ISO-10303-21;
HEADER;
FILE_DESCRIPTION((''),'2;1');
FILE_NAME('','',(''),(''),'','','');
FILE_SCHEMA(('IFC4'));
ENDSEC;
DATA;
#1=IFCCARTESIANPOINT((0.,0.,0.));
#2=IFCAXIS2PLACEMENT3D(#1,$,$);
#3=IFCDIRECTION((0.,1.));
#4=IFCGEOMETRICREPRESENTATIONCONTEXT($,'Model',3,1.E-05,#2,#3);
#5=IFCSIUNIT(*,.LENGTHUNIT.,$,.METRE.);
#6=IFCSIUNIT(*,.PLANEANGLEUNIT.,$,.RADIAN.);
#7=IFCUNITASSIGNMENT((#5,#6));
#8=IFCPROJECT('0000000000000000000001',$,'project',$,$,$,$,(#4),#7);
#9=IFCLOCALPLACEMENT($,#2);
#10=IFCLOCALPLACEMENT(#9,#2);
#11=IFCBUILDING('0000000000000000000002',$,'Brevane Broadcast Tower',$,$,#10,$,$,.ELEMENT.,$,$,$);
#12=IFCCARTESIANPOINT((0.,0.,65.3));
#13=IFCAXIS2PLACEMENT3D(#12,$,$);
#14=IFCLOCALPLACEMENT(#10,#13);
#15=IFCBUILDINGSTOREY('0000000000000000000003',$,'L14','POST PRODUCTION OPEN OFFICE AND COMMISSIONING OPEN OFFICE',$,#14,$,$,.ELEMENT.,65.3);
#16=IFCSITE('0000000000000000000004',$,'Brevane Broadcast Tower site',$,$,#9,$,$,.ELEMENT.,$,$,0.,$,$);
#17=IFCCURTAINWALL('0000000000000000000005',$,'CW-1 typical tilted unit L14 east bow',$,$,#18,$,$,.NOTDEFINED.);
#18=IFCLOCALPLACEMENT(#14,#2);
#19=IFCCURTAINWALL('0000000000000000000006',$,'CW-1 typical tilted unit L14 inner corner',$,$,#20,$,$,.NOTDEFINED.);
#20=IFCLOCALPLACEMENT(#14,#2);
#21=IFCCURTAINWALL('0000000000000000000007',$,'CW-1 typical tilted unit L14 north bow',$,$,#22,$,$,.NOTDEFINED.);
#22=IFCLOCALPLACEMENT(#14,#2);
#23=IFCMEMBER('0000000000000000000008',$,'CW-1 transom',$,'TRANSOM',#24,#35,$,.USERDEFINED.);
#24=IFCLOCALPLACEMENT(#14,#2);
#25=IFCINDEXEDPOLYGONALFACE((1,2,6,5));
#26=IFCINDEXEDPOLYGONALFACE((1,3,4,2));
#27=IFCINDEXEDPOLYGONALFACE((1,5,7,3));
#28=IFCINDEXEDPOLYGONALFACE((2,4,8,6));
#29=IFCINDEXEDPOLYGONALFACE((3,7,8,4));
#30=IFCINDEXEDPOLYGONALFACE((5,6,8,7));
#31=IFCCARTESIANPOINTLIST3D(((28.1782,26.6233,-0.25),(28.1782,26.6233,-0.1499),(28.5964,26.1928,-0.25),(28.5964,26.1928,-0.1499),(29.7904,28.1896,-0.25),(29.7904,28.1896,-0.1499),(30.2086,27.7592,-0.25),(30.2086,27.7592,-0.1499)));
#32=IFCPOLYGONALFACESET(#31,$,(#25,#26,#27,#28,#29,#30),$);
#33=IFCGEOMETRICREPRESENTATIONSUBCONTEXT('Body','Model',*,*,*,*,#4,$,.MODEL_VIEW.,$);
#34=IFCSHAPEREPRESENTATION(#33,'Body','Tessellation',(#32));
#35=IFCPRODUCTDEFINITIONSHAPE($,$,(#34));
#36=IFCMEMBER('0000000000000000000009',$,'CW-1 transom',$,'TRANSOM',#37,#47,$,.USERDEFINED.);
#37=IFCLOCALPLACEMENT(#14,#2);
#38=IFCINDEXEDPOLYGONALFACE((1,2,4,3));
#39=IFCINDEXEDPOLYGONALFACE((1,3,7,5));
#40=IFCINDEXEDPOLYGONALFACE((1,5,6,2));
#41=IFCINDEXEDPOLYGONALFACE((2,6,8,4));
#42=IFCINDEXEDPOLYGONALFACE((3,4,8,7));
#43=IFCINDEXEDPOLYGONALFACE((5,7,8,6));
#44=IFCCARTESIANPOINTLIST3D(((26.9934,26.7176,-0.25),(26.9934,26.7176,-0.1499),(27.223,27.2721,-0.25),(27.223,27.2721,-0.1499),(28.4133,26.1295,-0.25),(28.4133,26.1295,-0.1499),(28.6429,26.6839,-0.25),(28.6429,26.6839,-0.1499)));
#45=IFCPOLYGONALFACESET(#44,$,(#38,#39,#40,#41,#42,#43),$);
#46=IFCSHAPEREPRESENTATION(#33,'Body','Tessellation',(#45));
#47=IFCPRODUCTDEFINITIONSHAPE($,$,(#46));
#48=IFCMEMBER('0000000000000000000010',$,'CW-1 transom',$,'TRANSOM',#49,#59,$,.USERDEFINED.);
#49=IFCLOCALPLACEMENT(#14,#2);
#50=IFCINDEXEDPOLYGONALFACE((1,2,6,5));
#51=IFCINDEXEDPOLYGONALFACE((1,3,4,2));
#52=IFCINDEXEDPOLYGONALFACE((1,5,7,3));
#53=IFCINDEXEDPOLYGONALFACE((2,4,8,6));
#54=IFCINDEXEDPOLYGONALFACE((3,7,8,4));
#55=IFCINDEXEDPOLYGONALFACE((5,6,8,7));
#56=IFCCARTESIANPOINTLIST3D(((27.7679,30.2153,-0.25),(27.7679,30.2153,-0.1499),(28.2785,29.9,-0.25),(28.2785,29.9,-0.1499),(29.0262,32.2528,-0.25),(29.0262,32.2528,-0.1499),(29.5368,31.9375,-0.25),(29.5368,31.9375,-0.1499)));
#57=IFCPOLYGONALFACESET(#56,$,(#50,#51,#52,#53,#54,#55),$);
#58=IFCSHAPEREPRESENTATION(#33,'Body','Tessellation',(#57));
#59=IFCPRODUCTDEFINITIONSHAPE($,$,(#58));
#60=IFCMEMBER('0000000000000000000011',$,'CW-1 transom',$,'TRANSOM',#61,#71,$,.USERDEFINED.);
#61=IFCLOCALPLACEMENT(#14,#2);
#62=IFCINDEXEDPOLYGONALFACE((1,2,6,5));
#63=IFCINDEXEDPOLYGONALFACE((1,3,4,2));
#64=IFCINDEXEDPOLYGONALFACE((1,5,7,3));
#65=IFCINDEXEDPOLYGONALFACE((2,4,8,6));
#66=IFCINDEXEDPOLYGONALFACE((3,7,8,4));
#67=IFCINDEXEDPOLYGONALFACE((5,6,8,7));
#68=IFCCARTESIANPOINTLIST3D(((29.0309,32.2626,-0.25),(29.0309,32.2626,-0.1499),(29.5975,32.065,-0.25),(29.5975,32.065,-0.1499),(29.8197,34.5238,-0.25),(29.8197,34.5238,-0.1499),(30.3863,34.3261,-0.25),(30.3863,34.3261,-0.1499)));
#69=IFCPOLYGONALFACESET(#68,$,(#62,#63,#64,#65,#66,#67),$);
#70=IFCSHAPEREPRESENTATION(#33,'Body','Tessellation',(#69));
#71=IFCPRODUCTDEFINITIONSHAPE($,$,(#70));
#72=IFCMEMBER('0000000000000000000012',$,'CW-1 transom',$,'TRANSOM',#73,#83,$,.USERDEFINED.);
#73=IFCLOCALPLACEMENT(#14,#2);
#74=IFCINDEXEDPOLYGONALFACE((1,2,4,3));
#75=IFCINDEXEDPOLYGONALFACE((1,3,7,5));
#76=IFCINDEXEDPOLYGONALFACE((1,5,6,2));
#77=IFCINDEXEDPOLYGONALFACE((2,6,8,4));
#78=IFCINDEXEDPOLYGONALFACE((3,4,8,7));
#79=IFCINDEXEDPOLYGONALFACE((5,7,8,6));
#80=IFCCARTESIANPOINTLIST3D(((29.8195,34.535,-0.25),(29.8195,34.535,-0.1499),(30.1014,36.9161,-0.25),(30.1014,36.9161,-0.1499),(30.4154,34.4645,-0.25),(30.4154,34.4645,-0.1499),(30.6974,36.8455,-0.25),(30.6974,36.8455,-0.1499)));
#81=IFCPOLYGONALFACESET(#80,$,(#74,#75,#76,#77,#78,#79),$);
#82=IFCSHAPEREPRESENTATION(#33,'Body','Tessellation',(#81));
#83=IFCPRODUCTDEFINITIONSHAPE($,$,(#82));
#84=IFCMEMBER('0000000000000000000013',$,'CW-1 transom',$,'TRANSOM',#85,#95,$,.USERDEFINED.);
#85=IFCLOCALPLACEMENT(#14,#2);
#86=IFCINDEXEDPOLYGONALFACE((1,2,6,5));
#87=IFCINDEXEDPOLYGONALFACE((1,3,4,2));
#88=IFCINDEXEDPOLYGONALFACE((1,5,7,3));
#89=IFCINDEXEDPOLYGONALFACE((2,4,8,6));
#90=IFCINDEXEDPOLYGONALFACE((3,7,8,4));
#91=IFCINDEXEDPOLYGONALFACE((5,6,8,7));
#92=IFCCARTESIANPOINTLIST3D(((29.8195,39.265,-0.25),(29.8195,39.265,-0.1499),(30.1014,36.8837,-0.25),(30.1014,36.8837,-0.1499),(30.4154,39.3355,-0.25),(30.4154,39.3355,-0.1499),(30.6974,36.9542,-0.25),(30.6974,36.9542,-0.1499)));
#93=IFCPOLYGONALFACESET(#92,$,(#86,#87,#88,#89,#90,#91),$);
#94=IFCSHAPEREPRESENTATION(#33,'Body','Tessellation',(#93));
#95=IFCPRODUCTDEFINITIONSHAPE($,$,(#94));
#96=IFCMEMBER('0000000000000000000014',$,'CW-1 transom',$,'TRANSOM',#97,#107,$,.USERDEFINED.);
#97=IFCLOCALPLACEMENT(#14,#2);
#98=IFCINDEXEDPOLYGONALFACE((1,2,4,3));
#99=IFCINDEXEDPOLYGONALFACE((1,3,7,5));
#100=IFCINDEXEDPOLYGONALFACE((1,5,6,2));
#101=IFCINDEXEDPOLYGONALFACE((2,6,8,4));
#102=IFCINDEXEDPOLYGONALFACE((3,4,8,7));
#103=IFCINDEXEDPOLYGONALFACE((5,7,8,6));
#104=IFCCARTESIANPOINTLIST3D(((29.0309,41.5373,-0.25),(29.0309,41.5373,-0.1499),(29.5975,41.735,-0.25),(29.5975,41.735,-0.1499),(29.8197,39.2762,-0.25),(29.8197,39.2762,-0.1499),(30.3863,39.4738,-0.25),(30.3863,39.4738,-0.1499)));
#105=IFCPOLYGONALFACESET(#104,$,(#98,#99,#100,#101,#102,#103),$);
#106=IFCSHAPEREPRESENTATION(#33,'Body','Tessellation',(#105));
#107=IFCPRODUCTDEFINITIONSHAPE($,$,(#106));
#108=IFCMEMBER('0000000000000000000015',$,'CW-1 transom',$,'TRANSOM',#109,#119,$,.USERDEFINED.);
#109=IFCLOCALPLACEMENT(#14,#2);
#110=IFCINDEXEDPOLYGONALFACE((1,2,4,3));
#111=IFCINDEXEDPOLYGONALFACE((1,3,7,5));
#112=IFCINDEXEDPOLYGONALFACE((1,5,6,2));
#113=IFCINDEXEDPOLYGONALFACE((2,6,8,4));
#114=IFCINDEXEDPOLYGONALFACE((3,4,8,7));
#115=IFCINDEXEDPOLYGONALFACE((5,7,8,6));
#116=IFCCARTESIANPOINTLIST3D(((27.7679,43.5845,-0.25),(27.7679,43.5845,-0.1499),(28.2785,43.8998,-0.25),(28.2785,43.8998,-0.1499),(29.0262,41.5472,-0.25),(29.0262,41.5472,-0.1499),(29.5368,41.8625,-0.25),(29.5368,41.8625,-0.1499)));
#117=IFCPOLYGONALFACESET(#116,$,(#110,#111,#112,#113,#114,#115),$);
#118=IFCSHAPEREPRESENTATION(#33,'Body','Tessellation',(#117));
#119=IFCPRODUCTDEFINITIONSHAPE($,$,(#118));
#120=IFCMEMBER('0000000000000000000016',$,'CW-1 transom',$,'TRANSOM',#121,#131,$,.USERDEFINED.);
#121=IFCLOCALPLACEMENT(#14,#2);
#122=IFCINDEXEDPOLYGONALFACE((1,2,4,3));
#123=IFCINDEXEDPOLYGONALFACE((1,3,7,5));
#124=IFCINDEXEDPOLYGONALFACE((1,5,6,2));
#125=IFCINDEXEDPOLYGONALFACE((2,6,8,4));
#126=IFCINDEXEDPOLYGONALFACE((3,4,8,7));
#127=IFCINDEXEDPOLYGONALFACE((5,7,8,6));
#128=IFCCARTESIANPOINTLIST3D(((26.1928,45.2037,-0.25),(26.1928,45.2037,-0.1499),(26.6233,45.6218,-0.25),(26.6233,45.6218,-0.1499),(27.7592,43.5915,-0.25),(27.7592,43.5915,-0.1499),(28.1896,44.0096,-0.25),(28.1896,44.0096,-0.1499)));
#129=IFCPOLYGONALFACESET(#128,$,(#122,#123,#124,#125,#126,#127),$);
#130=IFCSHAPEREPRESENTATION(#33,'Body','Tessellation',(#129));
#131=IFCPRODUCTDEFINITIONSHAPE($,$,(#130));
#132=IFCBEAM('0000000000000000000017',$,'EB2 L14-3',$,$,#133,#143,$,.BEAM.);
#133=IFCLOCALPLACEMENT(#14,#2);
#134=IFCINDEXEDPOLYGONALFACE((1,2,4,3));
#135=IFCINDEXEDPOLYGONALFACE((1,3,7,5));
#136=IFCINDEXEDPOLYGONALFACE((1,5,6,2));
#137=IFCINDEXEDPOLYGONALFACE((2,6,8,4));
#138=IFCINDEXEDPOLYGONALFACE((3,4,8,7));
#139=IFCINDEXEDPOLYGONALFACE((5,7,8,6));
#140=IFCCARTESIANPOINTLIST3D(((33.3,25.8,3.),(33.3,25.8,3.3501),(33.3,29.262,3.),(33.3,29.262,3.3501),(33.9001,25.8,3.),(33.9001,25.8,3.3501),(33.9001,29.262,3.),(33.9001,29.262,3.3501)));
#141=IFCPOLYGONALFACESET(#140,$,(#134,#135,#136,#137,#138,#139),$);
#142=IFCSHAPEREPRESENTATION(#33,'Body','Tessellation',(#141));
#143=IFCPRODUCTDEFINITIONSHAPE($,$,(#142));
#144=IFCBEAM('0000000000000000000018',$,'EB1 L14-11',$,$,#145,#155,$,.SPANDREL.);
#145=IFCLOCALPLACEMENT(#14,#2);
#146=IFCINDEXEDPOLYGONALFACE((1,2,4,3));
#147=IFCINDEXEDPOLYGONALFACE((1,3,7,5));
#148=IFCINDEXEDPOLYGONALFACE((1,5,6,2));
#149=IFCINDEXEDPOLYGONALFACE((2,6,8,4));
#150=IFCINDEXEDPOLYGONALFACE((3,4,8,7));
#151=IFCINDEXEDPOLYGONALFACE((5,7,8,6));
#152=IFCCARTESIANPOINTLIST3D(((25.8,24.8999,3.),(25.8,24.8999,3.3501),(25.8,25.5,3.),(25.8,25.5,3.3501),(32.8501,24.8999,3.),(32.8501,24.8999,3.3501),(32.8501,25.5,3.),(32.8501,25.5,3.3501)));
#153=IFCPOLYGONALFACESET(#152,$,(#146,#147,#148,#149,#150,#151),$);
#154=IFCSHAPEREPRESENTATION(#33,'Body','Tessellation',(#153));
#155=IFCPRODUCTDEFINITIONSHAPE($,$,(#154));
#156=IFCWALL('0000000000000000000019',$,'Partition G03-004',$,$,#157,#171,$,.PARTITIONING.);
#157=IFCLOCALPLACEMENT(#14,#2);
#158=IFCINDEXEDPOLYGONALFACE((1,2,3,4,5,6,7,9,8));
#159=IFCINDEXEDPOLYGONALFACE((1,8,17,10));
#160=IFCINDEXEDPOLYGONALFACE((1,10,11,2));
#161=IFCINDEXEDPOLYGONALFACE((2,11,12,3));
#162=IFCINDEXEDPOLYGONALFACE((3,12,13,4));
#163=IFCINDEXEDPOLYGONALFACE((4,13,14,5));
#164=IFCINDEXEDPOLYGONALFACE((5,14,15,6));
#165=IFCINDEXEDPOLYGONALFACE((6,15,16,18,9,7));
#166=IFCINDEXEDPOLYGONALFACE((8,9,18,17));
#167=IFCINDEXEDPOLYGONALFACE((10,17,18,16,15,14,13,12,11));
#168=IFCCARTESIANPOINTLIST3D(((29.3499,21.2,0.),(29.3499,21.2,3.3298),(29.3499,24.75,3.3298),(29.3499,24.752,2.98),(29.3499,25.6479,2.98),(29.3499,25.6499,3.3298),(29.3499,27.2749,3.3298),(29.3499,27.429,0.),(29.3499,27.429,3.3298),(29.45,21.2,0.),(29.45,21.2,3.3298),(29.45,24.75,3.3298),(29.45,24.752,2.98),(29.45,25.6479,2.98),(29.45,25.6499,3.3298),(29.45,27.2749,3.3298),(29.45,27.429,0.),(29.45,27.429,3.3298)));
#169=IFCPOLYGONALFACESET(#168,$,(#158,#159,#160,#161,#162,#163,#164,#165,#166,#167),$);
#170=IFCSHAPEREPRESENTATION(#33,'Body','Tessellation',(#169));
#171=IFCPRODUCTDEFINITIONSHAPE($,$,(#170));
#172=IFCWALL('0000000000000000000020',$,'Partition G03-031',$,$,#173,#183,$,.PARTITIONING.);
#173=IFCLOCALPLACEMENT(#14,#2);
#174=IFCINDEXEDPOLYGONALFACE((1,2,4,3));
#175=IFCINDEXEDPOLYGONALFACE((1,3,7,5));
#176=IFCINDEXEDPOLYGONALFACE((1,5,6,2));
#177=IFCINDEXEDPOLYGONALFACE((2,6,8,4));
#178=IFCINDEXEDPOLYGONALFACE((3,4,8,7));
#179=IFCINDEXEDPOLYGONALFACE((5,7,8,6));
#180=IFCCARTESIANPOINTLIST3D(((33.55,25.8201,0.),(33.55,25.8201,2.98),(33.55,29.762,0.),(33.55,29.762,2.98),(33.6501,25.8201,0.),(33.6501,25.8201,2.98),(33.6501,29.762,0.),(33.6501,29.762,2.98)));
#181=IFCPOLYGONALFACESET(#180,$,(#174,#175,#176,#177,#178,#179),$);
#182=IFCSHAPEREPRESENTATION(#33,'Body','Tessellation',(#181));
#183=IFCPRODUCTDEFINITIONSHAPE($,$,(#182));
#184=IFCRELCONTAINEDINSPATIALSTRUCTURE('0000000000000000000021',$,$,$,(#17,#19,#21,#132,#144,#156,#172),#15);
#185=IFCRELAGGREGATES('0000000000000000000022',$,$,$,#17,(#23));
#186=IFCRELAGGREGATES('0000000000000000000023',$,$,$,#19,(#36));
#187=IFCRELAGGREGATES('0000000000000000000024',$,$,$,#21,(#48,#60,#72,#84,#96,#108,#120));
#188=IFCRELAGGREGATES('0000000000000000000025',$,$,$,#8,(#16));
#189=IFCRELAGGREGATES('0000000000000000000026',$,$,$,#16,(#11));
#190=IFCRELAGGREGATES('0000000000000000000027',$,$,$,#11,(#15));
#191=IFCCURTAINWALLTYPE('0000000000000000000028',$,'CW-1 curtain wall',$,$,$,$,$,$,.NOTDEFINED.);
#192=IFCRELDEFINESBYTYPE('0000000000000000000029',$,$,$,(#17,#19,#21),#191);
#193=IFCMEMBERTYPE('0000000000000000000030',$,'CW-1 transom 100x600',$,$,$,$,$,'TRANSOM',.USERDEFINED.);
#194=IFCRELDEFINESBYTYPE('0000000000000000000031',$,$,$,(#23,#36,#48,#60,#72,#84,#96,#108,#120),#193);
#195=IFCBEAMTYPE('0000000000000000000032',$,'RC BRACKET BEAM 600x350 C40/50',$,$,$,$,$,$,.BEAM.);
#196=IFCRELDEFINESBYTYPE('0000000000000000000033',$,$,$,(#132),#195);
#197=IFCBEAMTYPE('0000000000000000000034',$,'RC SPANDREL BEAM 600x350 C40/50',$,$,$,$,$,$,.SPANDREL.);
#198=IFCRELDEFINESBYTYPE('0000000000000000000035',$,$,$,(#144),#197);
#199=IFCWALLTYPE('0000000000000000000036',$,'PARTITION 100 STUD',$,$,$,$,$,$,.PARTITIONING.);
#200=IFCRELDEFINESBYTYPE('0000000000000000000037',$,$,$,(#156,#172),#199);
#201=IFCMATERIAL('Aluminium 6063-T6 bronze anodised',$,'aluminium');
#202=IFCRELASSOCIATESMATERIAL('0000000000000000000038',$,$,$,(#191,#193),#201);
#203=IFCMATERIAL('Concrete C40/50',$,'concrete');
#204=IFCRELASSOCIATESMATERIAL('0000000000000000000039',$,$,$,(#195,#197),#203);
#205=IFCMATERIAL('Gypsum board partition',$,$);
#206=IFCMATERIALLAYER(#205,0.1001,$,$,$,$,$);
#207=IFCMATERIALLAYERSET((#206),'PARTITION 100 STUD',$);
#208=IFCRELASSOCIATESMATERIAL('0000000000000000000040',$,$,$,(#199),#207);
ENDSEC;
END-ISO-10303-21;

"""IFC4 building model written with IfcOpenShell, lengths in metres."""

from ifc_helpers import new_model, si_unit, direction, frame, frame_2d, origin, origin_2d, place, context, subcontext, project, spatial, polyline, rectangle, outline, extrude, material, layer, layer_set, material_profile, profile_set, type_object, element, aggregate, save


model = new_model("IFC4")

# Units and contexts
model_context = context("Model", 3, precision=1e-05, world=origin(), true_north=direction((0.0, 1.0)))
body_context = subcontext(model_context, "Body", "Model", "MODEL_VIEW")
ifc_project = project(units=[si_unit("LENGTHUNIT", "METRE"), si_unit("PLANEANGLEUNIT", "RADIAN")], contexts=[model_context])

# Site, building, storey
site_placement = place(None, origin())
site = spatial("IfcSite", under=ifc_project, at=site_placement, Name="Brevane Broadcast Tower site", CompositionType="ELEMENT", RefElevation=0.0)
building_placement = place(site_placement, origin())
building = spatial("IfcBuilding", under=site, at=building_placement, Name="Brevane Broadcast Tower", CompositionType="ELEMENT")
storey_placement = place(building_placement, frame((0.0, 0.0, 65.3)))
storey = spatial("IfcBuildingStorey", under=building, at=storey_placement, Name="L14", Description="POST PRODUCTION OPEN OFFICE AND COMMISSIONING OPEN OFFICE", CompositionType="ELEMENT", Elevation=65.3)

# Curtain walls
ifc_material_1 = material(Name="Aluminium 6063-T6 bronze anodised", Category="aluminium")
curtain_wall_type = type_object("IfcCurtainWallType", Name="CW-1 curtain wall", PredefinedType="NOTDEFINED", material=ifc_material_1)
curtain_wall_1_placement = place(storey_placement, origin())
curtain_wall_1 = element("IfcCurtainWall", 1, at=curtain_wall_1_placement, inside=storey, type_object=curtain_wall_type, Name="CW-1 typical tilted unit L14 east bow", PredefinedType="NOTDEFINED")
curtain_wall_2_placement = place(storey_placement, origin())
curtain_wall_2 = element("IfcCurtainWall", 2, at=curtain_wall_2_placement, inside=storey, type_object=curtain_wall_type, Name="CW-1 typical tilted unit L14 inner corner", PredefinedType="NOTDEFINED")
curtain_wall_3_placement = place(storey_placement, origin())
curtain_wall_3 = element("IfcCurtainWall", 3, at=curtain_wall_3_placement, inside=storey, type_object=curtain_wall_type, Name="CW-1 typical tilted unit L14 north bow", PredefinedType="NOTDEFINED")

# Members
ifc_material_profile_1 = material_profile(ifc_material_1, rectangle(XDim=0.6001, YDim=0.1001, at=origin_2d()), Name="RECT 100x600")
ifc_profile_set_1 = profile_set([ifc_material_profile_1], Name="Aluminium 6063-T6 bronze anodised")
member_type_1 = type_object("IfcMemberType", Name="CW-1 transom 100x600", ElementType="TRANSOM", PredefinedType="USERDEFINED", material=ifc_profile_set_1)
member_1_placement = place(storey_placement, frame((29.9995, 27.9744, -0.2), z_axis=(-0.717242, -0.696824, 0.0), x_axis=(0.696824, -0.717242, 0.0)))
member_1 = element("IfcMember", 4, at=member_1_placement, type_object=member_type_1, Name="CW-1 transom", ObjectType="TRANSOM", PredefinedType="USERDEFINED", context=body_context, shape_type="SweptSolid", body=[
    extrude(rectangle(XDim=0.6001, YDim=0.1001, at=origin_2d()), origin(), (0.0, 0.0, 1.0), 2.2478),
])
aggregate(curtain_wall_1, [member_1])
member_2_placement = place(storey_placement, frame((28.5281, 26.4067, -0.2), z_axis=(-0.923883, 0.382674, 0.0), x_axis=(-0.382674, -0.923883, 0.0)))
member_2 = element("IfcMember", 5, at=member_2_placement, type_object=member_type_1, Name="CW-1 transom", ObjectType="TRANSOM", PredefinedType="USERDEFINED", context=body_context, shape_type="SweptSolid", body=[
    extrude(rectangle(XDim=0.6001, YDim=0.1001, at=origin_2d()), origin(), (0.0, 0.0, 1.0), 1.5369),
])
aggregate(curtain_wall_2, [member_2])
member_3_placement = place(storey_placement, frame((28.0232, 30.0576, -0.2), z_axis=(0.525428, 0.850838, 0.0), x_axis=(-0.850838, 0.525428, 0.0)))
member_3 = element("IfcMember", 6, at=member_3_placement, type_object=member_type_1, Name="CW-1 transom", ObjectType="TRANSOM", PredefinedType="USERDEFINED", context=body_context, shape_type="SweptSolid", body=[
    extrude(rectangle(XDim=0.6001, YDim=0.1001, at=origin_2d()), origin(), (0.0, 0.0, 1.0), 2.3948),
])
member_4_placement = place(storey_placement, frame((29.3142, 32.1638, -0.2), z_axis=(0.329378, 0.944198, 0.0), x_axis=(-0.944198, 0.329378, 0.0)))
member_4 = element("IfcMember", 7, at=member_4_placement, type_object=member_type_1, Name="CW-1 transom", ObjectType="TRANSOM", PredefinedType="USERDEFINED", context=body_context, shape_type="SweptSolid", body=[
    extrude(rectangle(XDim=0.6001, YDim=0.1001, at=origin_2d()), origin(), (0.0, 0.0, 1.0), 2.3948),
])
member_5_placement = place(storey_placement, frame((30.1174, 34.4998, -0.2), z_axis=(0.117603, 0.993061, 0.0), x_axis=(-0.993061, 0.117603, 0.0)))
member_5 = element("IfcMember", 8, at=member_5_placement, type_object=member_type_1, Name="CW-1 transom", ObjectType="TRANSOM", PredefinedType="USERDEFINED", context=body_context, shape_type="SweptSolid", body=[
    extrude(rectangle(XDim=0.6001, YDim=0.1001, at=origin_2d()), origin(), (0.0, 0.0, 1.0), 2.3977),
])
member_6_placement = place(storey_placement, frame((30.3994, 36.9189, -0.2), z_axis=(-0.117591, 0.993062, 0.0), x_axis=(-0.993062, -0.117591, 0.0)))
member_6 = element("IfcMember", 9, at=member_6_placement, type_object=member_type_1, Name="CW-1 transom", ObjectType="TRANSOM", PredefinedType="USERDEFINED", context=body_context, shape_type="SweptSolid", body=[
    extrude(rectangle(XDim=0.6001, YDim=0.1001, at=origin_2d()), origin(), (0.0, 0.0, 1.0), 2.3979),
])
member_7_placement = place(storey_placement, frame((30.103, 39.375, -0.2), z_axis=(-0.329378, 0.944198, 0.0), x_axis=(-0.944198, -0.329378, 0.0)))
member_7 = element("IfcMember", 10, at=member_7_placement, type_object=member_type_1, Name="CW-1 transom", ObjectType="TRANSOM", PredefinedType="USERDEFINED", context=body_context, shape_type="SweptSolid", body=[
    extrude(rectangle(XDim=0.6001, YDim=0.1001, at=origin_2d()), origin(), (0.0, 0.0, 1.0), 2.3948),
])
member_8_placement = place(storey_placement, frame((29.2815, 41.7048, -0.2), z_axis=(-0.525473, 0.85081, 0.0), x_axis=(-0.85081, -0.525473, 0.0)))
member_8 = element("IfcMember", 11, at=member_8_placement, type_object=member_type_1, Name="CW-1 transom", ObjectType="TRANSOM", PredefinedType="USERDEFINED", context=body_context, shape_type="SweptSolid", body=[
    extrude(rectangle(XDim=0.6001, YDim=0.1001, at=origin_2d()), origin(), (0.0, 0.0, 1.0), 2.3945),
])
member_9_placement = place(storey_placement, frame((27.9744, 43.8005, -0.2), z_axis=(-0.696824, 0.717242, 0.0), x_axis=(-0.717242, -0.696824, 0.0)))
member_9 = element("IfcMember", 12, at=member_9_placement, type_object=member_type_1, Name="CW-1 transom", ObjectType="TRANSOM", PredefinedType="USERDEFINED", context=body_context, shape_type="SweptSolid", body=[
    extrude(rectangle(XDim=0.6001, YDim=0.1001, at=origin_2d()), origin(), (0.0, 0.0, 1.0), 2.2478),
])
aggregate(curtain_wall_3, [member_3, member_4, member_5, member_6, member_7, member_8, member_9])

# Beams
ifc_material_2 = material(Name="Concrete C40/50", Category="concrete")
ifc_material_profile_2 = material_profile(ifc_material_2, rectangle(XDim=0.6001, YDim=0.3501, at=origin_2d()), Name="RC 600x350")
ifc_profile_set_2 = profile_set([ifc_material_profile_2], Name="Concrete C40/50")
beam_type_1 = type_object("IfcBeamType", Name="RC BRACKET BEAM 600x350 C40/50", PredefinedType="BEAM", material=ifc_profile_set_2)
beam_1_placement = place(storey_placement, frame((33.6001, 25.8, 3.175), z_axis=(0.0, 1.0, 0.0), x_axis=(-1.0, 0.0, 0.0)))
element("IfcBeam", 13, at=beam_1_placement, inside=storey, type_object=beam_type_1, Name="EB2 L14-3", PredefinedType="BEAM", context=body_context, shape_type="SweptSolid", body=[
    extrude(rectangle(XDim=0.6001, YDim=0.3501, at=origin_2d()), origin(), (0.0, 0.0, 1.0), 3.4619),
])
ifc_material_profile_3 = material_profile(ifc_material_2, rectangle(XDim=0.6001, YDim=0.3501, at=origin_2d()), Name="RC 600x350")
ifc_profile_set_3 = profile_set([ifc_material_profile_3], Name="Concrete C40/50")
beam_type_2 = type_object("IfcBeamType", Name="RC SPANDREL BEAM 600x350 C40/50", PredefinedType="SPANDREL", material=ifc_profile_set_3)
beam_2_placement = place(storey_placement, frame((32.8501, 25.2, 3.175), z_axis=(-1.0, 0.0, 0.0), x_axis=(0.0, -1.0, 0.0)))
element("IfcBeam", 14, at=beam_2_placement, inside=storey, type_object=beam_type_2, Name="EB1 L14-11", PredefinedType="SPANDREL", context=body_context, shape_type="SweptSolid", body=[
    extrude(rectangle(XDim=0.6001, YDim=0.3501, at=origin_2d()), origin(), (0.0, 0.0, 1.0), 7.05),
])

# Walls
ifc_material_3 = material(Name="Gypsum board partition")
ifc_layer = layer(ifc_material_3, 0.1001)
ifc_layer_set = layer_set([ifc_layer], Name="PARTITION 100 STUD")
wall_type = type_object("IfcWallType", Name="PARTITION 100 STUD", PredefinedType="PARTITIONING", material=ifc_layer_set)
wall_1_placement = place(storey_placement, frame((29.3999, 27.429, 0.0), z_axis=(0.0, 0.0, 1.0), x_axis=(0.0, -1.0, 0.0)))
element("IfcWall", 15, at=wall_1_placement, inside=storey, type_object=wall_type, Name="Partition G03-004", PredefinedType="PARTITIONING", context=body_context, shape_type="SweptSolid", body=[
    extrude(outline(polyline([(0.0, 0.0), (6.229, 0.0), (6.229, 3.3298), (2.679, 3.3298), (2.677, 2.98), (1.781, 2.98), (1.7791, 3.3298), (0.1541, 3.3298), (0.0, 3.3298), (0.0, 0.0)])), frame((0.0, 0.05, 0.0), z_axis=(0.0, -1.0, 0.0), x_axis=(1.0, 0.0, 0.0)), (0.0, 0.0, 1.0), 0.1001),
])
wall_2_placement = place(storey_placement, frame((33.6001, 29.762, 0.0), z_axis=(0.0, 0.0, 1.0), x_axis=(0.0, -1.0, 0.0)))
element("IfcWall", 16, at=wall_2_placement, inside=storey, type_object=wall_type, Name="Partition G03-031", PredefinedType="PARTITIONING", context=body_context, shape_type="SweptSolid", body=[
    extrude(rectangle(XDim=3.9419, YDim=0.1001, at=frame_2d((1.9709, 0.0))), origin(), (0.0, 0.0, 1.0), 2.98),
])

save(model, "model.ifc")
